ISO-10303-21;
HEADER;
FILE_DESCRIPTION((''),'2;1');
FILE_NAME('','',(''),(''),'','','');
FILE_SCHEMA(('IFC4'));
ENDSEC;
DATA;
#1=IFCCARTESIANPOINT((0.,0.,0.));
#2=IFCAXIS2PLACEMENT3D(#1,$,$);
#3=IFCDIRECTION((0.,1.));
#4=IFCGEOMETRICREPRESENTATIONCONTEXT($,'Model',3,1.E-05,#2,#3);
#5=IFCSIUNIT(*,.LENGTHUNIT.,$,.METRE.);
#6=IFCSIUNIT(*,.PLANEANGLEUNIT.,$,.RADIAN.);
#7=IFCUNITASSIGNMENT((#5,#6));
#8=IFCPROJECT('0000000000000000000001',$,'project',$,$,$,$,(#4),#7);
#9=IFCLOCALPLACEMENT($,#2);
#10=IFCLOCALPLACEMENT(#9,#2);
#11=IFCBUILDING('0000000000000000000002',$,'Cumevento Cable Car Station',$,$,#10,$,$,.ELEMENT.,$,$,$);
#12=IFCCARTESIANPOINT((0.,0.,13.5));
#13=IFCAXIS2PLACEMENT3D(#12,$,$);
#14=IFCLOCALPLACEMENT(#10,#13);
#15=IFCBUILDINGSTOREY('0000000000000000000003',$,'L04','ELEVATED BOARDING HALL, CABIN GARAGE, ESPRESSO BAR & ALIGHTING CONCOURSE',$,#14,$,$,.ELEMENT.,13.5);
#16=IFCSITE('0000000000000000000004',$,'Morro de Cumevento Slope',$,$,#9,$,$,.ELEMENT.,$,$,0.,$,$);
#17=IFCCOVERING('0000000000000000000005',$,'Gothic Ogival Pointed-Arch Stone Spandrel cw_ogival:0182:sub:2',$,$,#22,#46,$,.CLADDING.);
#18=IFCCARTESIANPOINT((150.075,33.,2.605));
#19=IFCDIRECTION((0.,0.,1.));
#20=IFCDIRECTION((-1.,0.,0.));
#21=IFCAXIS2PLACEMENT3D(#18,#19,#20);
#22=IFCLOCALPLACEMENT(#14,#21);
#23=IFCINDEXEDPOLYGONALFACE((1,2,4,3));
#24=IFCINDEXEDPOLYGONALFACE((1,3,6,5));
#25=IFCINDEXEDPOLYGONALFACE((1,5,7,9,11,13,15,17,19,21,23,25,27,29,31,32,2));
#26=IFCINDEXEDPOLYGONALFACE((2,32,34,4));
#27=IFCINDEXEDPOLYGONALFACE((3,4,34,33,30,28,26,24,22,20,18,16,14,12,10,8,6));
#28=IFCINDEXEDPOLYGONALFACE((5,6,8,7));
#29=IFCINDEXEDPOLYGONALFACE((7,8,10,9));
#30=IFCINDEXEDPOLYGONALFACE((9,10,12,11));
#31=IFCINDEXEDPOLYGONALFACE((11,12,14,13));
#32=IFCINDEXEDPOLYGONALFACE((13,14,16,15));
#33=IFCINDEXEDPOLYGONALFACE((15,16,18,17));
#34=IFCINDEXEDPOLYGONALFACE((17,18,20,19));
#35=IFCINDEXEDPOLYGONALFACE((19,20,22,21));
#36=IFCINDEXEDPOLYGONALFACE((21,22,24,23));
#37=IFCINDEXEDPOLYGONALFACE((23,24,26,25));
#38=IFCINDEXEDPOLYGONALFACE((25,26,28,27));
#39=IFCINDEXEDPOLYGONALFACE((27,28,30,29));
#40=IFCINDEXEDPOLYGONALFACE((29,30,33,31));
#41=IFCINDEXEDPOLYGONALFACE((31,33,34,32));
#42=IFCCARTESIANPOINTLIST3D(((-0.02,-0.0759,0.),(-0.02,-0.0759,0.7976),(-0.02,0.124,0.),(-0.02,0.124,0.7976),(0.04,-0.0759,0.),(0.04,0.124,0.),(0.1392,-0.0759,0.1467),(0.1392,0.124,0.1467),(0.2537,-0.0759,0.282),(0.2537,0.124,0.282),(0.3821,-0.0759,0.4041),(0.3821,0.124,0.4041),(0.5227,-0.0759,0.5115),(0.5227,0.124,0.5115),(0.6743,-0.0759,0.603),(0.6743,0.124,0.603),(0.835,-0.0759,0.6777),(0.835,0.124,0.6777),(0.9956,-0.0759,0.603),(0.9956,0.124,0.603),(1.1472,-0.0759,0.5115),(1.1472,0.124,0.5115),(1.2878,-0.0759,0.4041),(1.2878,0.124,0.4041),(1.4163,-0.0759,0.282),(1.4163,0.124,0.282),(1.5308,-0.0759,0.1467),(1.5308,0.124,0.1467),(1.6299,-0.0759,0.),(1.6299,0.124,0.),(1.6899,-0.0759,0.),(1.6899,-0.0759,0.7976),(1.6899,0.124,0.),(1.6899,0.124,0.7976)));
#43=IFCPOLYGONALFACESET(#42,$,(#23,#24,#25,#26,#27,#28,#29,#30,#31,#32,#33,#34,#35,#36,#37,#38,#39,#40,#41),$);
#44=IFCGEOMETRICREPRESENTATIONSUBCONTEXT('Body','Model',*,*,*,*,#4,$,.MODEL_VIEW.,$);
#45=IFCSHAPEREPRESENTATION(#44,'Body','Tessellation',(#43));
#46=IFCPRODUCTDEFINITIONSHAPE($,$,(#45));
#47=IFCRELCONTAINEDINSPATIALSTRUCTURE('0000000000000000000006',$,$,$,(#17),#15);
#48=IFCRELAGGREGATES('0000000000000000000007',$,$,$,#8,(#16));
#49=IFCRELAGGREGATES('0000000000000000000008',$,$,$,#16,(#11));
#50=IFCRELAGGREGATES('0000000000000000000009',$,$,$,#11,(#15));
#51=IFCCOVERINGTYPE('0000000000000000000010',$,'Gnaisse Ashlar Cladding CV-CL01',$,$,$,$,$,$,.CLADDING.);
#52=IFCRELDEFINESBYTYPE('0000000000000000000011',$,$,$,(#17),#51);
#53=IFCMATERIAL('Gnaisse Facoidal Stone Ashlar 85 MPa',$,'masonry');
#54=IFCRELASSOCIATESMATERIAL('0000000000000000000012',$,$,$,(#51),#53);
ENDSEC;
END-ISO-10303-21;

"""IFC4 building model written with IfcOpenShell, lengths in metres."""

from ifc_helpers import new_model, si_unit, direction, frame, origin, place, context, subcontext, project, spatial, polyline, outline, extrude, material, type_object, element, save


model = new_model("IFC4")

# Units and contexts
model_context = context("Model", 3, precision=1e-05, world=origin(), true_north=direction((0.0, 1.0)))
body_context = subcontext(model_context, "Body", "Model", "MODEL_VIEW")
ifc_project = project(units=[si_unit("LENGTHUNIT", "METRE"), si_unit("PLANEANGLEUNIT", "RADIAN")], contexts=[model_context])

# Site, building, storey
site_placement = place(None, origin())
site = spatial("IfcSite", under=ifc_project, at=site_placement, Name="Morro de Cumevento Slope", CompositionType="ELEMENT", RefElevation=0.0)
building_placement = place(site_placement, origin())
building = spatial("IfcBuilding", under=site, at=building_placement, Name="Cumevento Cable Car Station", CompositionType="ELEMENT")
storey_placement = place(building_placement, frame((0.0, 0.0, 13.5)))
storey = spatial("IfcBuildingStorey", under=building, at=storey_placement, Name="L04", Description="ELEVATED BOARDING HALL, CABIN GARAGE, ESPRESSO BAR & ALIGHTING CONCOURSE", CompositionType="ELEMENT", Elevation=13.5)

# Covering
ifc_material_1 = material(Name="Gnaisse Facoidal Stone Ashlar 85 MPa", Category="masonry")
covering_type = type_object("IfcCoveringType", Name="Gnaisse Ashlar Cladding CV-CL01", PredefinedType="CLADDING", material=ifc_material_1)
covering_1_placement = place(storey_placement, frame((150.075, 33.0, 2.605), z_axis=(0.0, 0.0, 1.0), x_axis=(-1.0, 0.0, 0.0)))
element("IfcCovering", 1, at=covering_1_placement, inside=storey, type_object=covering_type, Name="Gothic Ogival Pointed-Arch Stone Spandrel cw_ogival:0182:sub:2", PredefinedType="CLADDING", context=body_context, shape_type="SweptSolid", body=[
    extrude(outline(polyline([(-0.02, 0.0), (-0.02, 0.7976), (1.6899, 0.7976), (1.6899, 0.0), (1.6299, 0.0), (1.5308, 0.1467), (1.4163, 0.282), (1.2878, 0.4041), (1.1472, 0.5115), (0.9956, 0.603), (0.835, 0.6777), (0.6743, 0.603), (0.5227, 0.5115), (0.3821, 0.4041), (0.2537, 0.282), (0.1392, 0.1467), (0.04, 0.0), (-0.02, 0.0)])), frame((0.0, 0.124, 0.0), z_axis=(0.0, -1.0, 0.0), x_axis=(1.0, 0.0, 0.0)), (0.0, 0.0, 1.0), 0.2),
])

save(model, "model.ifc")
